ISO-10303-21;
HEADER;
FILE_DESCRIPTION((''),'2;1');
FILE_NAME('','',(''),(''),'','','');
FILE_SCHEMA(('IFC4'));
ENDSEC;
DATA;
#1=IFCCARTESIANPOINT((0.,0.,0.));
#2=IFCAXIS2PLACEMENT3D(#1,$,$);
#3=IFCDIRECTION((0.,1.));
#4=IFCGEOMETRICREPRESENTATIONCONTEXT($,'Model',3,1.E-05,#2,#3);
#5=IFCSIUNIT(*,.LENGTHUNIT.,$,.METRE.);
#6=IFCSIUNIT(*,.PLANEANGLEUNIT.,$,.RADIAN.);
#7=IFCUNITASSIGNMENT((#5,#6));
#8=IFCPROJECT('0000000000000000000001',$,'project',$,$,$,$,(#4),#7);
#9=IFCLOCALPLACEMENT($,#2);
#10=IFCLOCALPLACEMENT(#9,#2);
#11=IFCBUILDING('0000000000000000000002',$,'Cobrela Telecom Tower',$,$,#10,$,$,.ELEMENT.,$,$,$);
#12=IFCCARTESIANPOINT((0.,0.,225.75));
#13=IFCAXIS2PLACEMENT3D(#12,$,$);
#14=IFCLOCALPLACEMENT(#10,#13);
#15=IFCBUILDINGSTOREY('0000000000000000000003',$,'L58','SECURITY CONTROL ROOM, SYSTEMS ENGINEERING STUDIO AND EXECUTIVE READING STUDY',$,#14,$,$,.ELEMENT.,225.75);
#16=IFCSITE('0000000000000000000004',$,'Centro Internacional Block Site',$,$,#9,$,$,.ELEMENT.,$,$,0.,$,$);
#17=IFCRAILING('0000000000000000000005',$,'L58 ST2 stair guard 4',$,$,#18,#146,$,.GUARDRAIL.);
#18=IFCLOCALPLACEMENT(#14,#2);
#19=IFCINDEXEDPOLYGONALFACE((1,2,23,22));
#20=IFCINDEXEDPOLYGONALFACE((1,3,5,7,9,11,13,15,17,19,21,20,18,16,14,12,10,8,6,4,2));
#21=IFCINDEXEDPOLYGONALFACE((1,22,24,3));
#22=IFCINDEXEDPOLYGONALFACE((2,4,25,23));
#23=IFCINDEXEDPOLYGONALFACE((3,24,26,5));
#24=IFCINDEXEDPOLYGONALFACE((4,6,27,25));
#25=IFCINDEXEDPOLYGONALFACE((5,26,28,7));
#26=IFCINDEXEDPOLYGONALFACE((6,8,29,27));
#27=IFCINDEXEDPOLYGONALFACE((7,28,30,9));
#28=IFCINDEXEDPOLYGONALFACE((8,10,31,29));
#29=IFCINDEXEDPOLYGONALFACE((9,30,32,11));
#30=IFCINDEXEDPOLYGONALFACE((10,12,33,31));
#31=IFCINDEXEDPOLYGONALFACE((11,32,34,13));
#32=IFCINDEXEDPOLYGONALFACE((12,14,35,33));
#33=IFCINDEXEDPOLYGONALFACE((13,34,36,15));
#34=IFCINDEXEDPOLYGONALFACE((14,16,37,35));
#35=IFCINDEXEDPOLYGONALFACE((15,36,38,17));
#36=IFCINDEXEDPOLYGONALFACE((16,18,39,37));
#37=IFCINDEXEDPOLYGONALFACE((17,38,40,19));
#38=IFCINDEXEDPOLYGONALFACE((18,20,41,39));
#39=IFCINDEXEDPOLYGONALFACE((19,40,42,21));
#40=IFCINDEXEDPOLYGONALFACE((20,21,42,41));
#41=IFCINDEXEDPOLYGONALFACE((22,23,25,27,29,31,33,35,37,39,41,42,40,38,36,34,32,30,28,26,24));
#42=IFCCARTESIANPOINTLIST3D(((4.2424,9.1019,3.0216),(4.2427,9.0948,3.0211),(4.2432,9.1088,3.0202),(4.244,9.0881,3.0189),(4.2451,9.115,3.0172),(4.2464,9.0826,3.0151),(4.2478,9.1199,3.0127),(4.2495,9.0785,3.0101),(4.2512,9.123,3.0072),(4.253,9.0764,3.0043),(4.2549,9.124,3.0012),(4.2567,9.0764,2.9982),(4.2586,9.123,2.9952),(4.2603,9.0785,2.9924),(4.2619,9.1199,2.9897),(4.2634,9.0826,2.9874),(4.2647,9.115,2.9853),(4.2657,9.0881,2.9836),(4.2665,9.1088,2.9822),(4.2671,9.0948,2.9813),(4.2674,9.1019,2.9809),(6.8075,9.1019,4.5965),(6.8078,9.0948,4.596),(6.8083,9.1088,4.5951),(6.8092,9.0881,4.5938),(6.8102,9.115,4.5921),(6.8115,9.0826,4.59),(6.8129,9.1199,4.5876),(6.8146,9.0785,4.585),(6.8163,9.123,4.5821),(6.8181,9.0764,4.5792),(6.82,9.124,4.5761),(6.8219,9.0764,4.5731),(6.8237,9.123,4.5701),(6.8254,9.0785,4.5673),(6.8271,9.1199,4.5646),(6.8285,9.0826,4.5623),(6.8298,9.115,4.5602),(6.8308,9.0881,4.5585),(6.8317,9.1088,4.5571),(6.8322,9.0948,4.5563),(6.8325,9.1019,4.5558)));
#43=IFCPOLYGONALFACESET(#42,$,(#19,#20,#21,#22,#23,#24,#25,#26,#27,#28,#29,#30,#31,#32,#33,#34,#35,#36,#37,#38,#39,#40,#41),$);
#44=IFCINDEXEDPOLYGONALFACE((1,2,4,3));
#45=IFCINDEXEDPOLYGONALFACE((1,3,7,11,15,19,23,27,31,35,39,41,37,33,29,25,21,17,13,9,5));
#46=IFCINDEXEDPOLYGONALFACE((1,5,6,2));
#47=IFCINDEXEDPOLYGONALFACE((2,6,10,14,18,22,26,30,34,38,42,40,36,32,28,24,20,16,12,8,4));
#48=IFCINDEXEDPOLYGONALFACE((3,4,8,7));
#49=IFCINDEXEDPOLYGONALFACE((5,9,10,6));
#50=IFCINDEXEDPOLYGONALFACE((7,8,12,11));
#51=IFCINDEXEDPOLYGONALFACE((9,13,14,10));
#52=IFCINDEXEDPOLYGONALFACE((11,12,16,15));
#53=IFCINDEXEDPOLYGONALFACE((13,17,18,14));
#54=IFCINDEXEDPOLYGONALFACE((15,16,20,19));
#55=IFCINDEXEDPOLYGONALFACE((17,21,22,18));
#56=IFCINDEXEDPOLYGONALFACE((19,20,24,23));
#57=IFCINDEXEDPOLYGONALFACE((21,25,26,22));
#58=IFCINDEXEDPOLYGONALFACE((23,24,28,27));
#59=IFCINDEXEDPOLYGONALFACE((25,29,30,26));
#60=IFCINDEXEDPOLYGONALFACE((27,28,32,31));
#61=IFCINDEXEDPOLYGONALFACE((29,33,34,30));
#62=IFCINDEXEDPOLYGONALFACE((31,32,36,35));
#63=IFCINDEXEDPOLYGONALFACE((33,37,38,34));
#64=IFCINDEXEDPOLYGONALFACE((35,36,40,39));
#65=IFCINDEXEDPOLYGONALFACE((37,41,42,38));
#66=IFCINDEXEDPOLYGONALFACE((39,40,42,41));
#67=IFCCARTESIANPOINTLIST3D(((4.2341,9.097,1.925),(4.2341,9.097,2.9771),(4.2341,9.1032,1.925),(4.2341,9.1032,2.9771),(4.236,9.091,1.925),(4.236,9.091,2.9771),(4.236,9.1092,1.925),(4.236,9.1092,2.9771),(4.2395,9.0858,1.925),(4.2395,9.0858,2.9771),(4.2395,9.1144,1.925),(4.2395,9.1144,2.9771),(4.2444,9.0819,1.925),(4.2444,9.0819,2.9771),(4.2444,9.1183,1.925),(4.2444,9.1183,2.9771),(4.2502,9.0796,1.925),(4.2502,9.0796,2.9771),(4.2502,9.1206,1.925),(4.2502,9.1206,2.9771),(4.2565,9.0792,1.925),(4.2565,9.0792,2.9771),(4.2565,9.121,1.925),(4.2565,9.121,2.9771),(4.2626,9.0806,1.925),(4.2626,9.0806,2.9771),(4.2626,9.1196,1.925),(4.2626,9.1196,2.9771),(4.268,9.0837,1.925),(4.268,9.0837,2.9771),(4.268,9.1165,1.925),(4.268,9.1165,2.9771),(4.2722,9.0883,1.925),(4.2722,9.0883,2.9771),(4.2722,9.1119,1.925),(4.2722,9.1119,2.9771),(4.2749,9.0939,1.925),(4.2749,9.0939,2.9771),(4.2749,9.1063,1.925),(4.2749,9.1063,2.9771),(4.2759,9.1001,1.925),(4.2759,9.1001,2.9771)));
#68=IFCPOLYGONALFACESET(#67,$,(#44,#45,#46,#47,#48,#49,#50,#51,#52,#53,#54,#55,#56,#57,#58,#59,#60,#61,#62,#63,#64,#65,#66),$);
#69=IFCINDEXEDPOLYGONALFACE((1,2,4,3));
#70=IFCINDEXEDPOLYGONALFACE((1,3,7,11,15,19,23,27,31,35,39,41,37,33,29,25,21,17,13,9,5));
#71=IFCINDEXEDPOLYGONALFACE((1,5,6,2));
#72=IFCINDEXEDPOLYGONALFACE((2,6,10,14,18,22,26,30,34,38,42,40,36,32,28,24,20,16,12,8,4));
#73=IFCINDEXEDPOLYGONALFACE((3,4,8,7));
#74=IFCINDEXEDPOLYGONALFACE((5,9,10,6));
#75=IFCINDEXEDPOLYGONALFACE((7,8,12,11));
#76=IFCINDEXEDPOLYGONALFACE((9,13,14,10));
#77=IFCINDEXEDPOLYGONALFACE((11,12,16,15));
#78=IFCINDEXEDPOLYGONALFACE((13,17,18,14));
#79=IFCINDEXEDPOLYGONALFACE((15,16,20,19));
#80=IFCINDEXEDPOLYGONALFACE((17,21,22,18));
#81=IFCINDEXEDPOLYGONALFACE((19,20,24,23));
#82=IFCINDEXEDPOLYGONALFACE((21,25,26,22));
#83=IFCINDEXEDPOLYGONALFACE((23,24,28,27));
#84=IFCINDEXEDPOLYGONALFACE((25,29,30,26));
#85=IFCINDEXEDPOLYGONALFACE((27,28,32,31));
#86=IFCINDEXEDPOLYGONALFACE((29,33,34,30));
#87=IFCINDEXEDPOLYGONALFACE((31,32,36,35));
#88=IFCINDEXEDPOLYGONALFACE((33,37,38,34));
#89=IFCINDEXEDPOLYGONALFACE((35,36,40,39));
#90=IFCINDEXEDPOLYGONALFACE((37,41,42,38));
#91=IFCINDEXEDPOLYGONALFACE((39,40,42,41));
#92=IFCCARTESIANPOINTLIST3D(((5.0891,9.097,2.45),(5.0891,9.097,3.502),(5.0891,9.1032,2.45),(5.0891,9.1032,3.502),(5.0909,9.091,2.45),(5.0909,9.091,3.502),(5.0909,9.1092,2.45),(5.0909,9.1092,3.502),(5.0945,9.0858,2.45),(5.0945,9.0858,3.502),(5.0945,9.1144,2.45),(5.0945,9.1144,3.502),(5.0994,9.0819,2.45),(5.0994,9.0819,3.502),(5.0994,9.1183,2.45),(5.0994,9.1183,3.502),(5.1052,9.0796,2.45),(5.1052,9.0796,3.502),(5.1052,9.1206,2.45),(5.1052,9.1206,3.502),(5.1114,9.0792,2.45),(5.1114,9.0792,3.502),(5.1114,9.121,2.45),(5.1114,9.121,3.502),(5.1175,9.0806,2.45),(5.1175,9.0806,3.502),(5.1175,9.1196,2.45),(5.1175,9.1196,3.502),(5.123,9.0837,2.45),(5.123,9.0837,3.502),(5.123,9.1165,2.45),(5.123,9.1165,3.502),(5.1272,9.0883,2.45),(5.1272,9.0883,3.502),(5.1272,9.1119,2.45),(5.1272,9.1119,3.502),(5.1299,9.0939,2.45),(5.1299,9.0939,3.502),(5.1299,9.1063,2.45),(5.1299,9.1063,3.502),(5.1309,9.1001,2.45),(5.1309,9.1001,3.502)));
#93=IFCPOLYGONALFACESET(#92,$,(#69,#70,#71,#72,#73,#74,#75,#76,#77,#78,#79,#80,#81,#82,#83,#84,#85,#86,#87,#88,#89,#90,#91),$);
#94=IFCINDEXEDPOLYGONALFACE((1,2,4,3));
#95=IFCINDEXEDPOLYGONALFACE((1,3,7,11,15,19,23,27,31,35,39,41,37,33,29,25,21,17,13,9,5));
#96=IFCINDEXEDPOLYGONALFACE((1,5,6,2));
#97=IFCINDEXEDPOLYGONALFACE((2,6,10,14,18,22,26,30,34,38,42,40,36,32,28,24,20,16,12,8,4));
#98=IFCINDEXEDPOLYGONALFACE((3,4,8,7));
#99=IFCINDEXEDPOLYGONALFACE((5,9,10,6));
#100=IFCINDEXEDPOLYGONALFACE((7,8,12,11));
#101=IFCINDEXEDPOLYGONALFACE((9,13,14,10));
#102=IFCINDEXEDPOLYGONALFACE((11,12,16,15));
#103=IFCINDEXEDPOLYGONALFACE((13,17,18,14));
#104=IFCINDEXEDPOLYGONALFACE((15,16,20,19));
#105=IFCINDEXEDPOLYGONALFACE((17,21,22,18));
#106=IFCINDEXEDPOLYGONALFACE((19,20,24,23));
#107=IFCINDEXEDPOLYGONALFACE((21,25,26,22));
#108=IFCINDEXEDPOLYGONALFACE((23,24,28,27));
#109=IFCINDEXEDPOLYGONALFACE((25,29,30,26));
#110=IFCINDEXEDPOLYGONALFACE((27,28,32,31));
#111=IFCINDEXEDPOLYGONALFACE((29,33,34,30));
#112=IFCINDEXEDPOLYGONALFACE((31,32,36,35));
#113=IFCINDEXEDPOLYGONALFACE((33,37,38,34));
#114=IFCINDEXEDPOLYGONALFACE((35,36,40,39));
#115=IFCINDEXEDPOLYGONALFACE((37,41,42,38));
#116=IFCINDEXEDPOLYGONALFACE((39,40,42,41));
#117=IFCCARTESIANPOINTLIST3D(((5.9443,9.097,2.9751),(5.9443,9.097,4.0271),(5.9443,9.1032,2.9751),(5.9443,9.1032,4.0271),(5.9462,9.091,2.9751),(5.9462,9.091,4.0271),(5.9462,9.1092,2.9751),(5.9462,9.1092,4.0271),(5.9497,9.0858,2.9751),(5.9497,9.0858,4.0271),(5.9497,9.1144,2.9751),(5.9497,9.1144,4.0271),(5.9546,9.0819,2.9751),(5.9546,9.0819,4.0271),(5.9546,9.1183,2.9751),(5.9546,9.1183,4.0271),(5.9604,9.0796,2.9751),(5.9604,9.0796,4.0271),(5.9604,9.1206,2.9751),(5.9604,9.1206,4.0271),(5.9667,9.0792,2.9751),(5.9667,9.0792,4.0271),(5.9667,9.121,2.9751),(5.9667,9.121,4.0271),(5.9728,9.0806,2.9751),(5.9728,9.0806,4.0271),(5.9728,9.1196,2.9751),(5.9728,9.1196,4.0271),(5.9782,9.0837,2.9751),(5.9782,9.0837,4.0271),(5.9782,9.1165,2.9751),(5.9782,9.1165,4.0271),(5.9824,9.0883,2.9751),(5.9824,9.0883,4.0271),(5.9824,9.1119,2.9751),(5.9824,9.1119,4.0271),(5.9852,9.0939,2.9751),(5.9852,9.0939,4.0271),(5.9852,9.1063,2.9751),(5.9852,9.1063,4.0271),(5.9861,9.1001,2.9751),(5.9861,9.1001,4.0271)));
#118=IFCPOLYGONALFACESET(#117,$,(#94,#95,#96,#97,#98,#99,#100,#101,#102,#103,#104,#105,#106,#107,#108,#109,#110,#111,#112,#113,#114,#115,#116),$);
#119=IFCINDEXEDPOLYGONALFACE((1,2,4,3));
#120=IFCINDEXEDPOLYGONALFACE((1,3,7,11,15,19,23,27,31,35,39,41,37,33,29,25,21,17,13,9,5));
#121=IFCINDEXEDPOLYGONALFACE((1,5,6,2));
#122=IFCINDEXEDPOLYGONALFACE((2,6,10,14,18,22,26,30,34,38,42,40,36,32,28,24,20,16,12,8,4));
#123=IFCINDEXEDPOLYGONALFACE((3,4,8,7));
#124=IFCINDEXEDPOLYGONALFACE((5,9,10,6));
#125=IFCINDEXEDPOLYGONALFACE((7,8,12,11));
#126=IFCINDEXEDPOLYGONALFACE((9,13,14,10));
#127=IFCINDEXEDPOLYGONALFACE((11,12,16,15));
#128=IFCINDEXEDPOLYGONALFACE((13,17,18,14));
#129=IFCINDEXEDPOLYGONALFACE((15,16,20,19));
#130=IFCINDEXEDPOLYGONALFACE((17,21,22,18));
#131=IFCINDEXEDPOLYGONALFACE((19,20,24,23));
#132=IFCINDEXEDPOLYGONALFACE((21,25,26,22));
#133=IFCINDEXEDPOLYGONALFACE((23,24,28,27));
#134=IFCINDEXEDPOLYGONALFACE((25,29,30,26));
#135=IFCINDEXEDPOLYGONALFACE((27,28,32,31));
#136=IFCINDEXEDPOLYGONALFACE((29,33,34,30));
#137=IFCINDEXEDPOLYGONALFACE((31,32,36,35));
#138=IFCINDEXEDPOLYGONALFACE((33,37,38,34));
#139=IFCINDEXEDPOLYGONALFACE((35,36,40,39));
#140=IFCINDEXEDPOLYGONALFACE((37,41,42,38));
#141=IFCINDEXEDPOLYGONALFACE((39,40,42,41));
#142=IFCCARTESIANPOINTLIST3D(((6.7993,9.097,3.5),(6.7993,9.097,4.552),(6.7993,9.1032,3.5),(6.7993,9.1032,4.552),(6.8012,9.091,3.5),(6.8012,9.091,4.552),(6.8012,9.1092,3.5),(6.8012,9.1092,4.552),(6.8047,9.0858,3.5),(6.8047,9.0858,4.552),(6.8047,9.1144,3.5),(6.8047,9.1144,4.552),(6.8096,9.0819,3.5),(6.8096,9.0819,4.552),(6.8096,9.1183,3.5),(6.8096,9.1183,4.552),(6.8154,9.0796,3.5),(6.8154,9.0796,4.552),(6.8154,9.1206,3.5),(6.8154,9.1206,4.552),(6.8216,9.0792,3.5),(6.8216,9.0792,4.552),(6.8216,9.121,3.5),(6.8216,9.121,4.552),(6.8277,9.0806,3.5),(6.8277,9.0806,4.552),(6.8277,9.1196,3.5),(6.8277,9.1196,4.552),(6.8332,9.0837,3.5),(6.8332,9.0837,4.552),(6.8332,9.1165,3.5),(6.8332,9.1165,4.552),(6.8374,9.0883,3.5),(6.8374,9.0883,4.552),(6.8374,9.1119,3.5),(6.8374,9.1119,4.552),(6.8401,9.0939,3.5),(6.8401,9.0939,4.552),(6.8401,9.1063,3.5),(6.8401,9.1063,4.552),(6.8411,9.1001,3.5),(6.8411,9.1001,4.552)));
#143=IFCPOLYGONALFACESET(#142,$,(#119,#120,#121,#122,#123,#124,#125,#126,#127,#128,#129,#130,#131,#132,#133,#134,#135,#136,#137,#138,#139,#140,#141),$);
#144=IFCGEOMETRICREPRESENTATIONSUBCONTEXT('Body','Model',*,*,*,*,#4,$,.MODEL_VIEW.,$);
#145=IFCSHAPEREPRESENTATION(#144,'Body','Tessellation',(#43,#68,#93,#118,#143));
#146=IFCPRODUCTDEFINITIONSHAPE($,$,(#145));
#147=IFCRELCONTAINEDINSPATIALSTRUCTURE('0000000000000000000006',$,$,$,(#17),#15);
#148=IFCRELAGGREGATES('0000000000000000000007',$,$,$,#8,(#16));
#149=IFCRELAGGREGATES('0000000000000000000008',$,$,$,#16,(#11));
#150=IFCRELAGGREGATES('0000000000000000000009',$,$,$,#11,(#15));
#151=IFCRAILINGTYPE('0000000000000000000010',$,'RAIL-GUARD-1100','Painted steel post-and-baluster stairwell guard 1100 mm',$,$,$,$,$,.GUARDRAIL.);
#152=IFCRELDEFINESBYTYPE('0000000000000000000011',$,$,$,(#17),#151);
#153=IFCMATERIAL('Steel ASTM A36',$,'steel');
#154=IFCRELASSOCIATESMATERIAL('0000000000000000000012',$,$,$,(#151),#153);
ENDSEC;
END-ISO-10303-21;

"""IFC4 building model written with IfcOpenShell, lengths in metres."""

from ifc_helpers import new_model, si_unit, direction, frame, origin, origin_2d, place, context, subcontext, project, spatial, circle, extrude, material, type_object, element, save


model = new_model("IFC4")

# Units and contexts
model_context = context("Model", 3, precision=1e-05, world=origin(), true_north=direction((0.0, 1.0)))
body_context = subcontext(model_context, "Body", "Model", "MODEL_VIEW")
ifc_project = project(units=[si_unit("LENGTHUNIT", "METRE"), si_unit("PLANEANGLEUNIT", "RADIAN")], contexts=[model_context])

# Site, building, storey
site_placement = place(None, origin())
site = spatial("IfcSite", under=ifc_project, at=site_placement, Name="Centro Internacional Block Site", CompositionType="ELEMENT", RefElevation=0.0)
building_placement = place(site_placement, origin())
building = spatial("IfcBuilding", under=site, at=building_placement, Name="Cobrela Telecom Tower", CompositionType="ELEMENT")
storey_placement = place(building_placement, frame((0.0, 0.0, 225.75)))
storey = spatial("IfcBuildingStorey", under=building, at=storey_placement, Name="L58", Description="SECURITY CONTROL ROOM, SYSTEMS ENGINEERING STUDIO AND EXECUTIVE READING STUDY", CompositionType="ELEMENT", Elevation=225.75)

# Shared definitions
ifc_material_1 = material(Name="Steel ASTM A36", Category="steel")

# Railing
railing_type = type_object("IfcRailingType", Name="RAIL-GUARD-1100", Description="Painted steel post-and-baluster stairwell guard 1100 mm", PredefinedType="GUARDRAIL", material=ifc_material_1)
railing_1_placement = place(storey_placement, frame((4.2549, 9.1001, 1.925)))
element("IfcRailing", 1, at=railing_1_placement, inside=storey, type_object=railing_type, Name="L58 ST2 stair guard 4", PredefinedType="GUARDRAIL", context=body_context, shape_type="SweptSolid", body=[
    extrude(circle(Radius=0.0239, at=origin_2d()), frame((0.0, 0.0, 1.0762), z_axis=(0.852195, 0.0, 0.523224), x_axis=(0.0, 1.0, 0.0)), (0.0, 0.0, 1.0), 3.01),
    extrude(circle(Radius=0.021, at=origin_2d()), origin(), (0.0, 0.0, 1.0), 1.052),
    extrude(circle(Radius=0.021, at=origin_2d()), frame((0.855, 0.0, 0.5249)), (0.0, 0.0, 1.0), 1.052),
    extrude(circle(Radius=0.021, at=origin_2d()), frame((1.7102, 0.0, 1.05)), (0.0, 0.0, 1.0), 1.052),
    extrude(circle(Radius=0.021, at=origin_2d()), frame((2.5652, 0.0, 1.575)), (0.0, 0.0, 1.0), 1.052),
])

save(model, "model.ifc")
